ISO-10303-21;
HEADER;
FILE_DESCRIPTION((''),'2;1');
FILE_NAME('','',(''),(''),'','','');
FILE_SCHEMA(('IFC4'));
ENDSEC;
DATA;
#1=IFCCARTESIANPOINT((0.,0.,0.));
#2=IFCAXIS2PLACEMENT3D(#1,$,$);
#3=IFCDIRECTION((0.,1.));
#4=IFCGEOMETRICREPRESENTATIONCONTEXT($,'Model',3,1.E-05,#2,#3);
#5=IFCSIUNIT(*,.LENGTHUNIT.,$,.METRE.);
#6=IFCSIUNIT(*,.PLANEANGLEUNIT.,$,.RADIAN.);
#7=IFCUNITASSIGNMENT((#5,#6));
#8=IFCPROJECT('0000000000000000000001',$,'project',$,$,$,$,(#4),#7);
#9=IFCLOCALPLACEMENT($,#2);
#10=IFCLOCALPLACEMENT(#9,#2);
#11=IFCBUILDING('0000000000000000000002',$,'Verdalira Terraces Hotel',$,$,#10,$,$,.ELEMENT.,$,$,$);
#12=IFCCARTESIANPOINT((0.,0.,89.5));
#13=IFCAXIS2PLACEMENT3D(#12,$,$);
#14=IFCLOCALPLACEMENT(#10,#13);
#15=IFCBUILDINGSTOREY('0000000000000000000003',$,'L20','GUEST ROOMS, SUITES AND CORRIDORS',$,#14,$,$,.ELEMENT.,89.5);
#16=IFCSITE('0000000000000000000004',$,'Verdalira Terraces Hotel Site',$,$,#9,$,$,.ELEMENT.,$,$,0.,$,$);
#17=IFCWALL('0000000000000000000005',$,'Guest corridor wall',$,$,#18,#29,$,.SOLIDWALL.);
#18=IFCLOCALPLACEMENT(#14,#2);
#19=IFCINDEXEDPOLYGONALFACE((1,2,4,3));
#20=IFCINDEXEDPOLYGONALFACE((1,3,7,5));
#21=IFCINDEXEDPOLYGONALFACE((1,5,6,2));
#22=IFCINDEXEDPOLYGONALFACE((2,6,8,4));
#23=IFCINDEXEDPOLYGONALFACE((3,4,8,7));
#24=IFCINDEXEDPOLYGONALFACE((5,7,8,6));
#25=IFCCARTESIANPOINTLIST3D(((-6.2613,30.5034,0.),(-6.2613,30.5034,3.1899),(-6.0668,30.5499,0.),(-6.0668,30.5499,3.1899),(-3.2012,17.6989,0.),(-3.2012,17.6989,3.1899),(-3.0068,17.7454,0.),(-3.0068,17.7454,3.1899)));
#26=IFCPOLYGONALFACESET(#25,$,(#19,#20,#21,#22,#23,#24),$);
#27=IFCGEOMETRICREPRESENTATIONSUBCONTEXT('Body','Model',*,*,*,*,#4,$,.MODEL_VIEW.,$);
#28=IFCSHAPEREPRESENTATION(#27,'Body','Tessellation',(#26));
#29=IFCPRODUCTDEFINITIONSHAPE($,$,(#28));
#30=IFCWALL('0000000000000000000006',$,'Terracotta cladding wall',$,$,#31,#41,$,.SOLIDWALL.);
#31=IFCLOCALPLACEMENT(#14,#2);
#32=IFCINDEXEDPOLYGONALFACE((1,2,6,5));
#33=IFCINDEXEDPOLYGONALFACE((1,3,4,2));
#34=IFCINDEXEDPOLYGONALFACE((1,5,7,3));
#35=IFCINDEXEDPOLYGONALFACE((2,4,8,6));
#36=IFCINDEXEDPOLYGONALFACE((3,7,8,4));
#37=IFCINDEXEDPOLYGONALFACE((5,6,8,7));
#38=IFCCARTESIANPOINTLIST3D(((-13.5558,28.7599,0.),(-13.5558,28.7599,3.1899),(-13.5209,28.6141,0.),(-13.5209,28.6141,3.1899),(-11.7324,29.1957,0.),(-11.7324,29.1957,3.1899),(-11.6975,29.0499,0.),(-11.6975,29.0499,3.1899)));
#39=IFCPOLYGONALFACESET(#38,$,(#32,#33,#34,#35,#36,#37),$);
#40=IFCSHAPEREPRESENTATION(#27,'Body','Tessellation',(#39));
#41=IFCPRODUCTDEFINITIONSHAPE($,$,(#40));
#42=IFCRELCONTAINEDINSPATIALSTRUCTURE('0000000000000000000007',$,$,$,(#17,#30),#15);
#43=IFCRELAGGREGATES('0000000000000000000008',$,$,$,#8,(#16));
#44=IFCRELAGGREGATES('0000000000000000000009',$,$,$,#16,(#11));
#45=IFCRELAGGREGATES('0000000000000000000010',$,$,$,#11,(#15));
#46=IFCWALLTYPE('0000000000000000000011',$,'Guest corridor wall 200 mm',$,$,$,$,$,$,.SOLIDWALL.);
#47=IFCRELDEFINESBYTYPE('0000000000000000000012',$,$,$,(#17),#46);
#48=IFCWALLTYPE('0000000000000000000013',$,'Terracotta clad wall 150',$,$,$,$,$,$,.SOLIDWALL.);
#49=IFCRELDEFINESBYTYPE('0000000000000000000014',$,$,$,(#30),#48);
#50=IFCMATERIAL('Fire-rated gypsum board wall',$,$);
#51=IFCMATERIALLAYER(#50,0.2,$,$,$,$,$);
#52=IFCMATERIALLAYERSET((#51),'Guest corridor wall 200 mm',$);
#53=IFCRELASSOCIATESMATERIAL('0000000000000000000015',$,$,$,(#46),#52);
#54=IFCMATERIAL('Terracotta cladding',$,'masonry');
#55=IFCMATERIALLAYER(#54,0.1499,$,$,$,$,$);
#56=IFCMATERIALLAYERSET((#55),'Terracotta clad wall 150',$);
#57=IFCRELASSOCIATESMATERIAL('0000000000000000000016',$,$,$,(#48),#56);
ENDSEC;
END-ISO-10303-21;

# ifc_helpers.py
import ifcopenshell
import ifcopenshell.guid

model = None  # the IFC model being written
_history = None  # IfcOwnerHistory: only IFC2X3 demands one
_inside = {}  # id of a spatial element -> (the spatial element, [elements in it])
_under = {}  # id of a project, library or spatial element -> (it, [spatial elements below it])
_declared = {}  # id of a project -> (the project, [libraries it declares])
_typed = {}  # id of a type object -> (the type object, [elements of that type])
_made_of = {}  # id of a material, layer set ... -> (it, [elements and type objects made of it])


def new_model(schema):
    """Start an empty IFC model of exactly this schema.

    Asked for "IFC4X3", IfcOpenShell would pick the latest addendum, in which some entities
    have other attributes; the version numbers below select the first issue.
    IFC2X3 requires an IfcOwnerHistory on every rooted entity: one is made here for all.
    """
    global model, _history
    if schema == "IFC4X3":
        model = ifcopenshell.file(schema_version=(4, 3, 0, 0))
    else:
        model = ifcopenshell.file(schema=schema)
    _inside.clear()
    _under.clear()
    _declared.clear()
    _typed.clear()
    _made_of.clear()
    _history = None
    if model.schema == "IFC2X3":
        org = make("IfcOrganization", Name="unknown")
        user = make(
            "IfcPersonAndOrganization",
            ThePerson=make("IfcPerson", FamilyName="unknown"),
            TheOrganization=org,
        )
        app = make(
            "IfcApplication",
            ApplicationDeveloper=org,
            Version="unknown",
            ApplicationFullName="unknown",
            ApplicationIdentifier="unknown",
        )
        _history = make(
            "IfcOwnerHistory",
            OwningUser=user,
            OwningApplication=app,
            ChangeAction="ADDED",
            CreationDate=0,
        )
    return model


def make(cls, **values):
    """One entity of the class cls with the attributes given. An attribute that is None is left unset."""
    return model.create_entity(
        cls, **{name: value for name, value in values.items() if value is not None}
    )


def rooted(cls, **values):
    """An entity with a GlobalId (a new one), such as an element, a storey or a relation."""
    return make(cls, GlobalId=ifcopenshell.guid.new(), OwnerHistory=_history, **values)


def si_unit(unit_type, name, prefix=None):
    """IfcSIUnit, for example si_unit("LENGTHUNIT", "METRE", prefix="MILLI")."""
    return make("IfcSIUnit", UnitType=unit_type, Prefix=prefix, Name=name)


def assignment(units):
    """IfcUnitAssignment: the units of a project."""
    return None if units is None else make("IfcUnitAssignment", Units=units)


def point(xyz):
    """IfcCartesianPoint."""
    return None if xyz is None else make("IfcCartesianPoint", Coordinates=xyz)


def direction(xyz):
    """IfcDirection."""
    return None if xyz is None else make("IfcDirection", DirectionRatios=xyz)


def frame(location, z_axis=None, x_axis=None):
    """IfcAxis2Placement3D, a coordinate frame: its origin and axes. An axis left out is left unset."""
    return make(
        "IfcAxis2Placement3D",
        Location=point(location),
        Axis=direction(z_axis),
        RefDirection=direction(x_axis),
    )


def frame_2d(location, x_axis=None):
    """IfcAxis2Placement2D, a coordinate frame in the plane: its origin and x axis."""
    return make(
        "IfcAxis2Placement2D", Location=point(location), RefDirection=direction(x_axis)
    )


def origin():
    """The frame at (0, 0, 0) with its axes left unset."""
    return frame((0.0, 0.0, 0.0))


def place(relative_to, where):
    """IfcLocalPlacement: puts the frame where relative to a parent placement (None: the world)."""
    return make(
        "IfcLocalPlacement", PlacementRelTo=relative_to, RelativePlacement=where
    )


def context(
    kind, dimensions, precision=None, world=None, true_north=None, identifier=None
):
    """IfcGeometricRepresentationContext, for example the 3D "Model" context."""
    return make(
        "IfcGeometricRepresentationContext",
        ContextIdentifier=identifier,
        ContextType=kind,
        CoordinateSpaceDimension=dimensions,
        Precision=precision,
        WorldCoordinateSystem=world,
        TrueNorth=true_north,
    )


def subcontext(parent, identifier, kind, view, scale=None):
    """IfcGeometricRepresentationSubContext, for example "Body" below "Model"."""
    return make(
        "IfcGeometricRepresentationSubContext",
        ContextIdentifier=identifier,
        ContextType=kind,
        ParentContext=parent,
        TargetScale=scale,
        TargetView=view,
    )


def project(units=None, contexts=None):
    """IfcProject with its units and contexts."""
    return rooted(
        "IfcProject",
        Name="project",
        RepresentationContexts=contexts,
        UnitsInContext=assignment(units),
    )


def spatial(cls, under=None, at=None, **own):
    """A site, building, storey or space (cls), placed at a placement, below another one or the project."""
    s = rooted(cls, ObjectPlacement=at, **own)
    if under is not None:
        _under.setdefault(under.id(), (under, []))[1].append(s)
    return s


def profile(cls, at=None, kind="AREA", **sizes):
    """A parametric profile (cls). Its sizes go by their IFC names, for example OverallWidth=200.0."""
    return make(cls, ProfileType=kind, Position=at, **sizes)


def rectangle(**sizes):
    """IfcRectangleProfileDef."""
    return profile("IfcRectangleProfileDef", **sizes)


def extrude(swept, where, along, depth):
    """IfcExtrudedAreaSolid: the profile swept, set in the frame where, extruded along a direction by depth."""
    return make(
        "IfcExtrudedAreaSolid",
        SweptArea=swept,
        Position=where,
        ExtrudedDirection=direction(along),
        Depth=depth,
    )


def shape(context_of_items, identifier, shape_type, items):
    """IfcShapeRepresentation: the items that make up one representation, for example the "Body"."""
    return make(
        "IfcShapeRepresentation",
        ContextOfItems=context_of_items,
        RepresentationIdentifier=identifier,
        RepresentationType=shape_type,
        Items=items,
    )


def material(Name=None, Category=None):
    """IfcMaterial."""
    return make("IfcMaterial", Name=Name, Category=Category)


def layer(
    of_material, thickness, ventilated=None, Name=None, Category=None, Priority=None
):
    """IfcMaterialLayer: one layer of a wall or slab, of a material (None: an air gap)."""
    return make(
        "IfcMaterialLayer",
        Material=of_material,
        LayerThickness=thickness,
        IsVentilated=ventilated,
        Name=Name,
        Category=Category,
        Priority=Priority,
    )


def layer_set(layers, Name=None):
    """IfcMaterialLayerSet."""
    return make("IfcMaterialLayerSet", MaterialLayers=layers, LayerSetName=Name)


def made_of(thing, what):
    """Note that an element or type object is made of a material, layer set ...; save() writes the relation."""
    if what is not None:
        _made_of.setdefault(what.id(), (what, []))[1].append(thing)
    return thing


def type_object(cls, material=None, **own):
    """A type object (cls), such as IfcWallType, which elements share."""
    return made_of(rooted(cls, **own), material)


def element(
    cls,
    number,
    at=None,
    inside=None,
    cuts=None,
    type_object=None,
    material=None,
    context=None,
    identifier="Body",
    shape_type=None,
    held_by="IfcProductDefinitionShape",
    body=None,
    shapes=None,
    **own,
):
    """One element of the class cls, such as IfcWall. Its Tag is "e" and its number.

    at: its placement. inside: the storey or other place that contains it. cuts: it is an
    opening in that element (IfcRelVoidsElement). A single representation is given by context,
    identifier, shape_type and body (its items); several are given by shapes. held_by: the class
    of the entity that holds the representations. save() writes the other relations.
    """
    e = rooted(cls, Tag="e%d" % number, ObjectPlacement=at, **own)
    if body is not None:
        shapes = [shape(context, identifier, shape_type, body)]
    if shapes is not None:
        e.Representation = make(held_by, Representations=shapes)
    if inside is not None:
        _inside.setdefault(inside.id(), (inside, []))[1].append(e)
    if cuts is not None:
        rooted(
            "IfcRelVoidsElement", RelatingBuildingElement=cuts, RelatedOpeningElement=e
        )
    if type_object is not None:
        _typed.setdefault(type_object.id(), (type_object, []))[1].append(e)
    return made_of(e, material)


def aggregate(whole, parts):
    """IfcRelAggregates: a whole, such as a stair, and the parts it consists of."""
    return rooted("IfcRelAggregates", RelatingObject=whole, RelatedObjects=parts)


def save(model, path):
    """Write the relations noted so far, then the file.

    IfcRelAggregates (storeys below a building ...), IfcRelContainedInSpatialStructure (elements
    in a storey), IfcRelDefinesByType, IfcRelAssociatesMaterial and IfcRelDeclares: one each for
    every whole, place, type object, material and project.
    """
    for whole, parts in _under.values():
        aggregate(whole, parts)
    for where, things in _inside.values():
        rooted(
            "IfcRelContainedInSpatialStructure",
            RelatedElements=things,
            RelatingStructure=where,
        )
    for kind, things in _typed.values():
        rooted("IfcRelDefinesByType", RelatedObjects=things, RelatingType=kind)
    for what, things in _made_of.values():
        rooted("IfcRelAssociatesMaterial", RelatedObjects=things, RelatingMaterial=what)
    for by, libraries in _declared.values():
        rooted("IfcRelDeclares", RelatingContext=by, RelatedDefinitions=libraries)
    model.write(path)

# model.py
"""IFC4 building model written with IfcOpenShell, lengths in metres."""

from ifc_helpers import new_model, si_unit, direction, frame, frame_2d, origin, place, context, subcontext, project, spatial, rectangle, extrude, material, layer, layer_set, type_object, element, save


model = new_model("IFC4")

# Units and contexts
model_context = context("Model", 3, precision=1e-05, world=origin(), true_north=direction((0.0, 1.0)))
body_context = subcontext(model_context, "Body", "Model", "MODEL_VIEW")
ifc_project = project(units=[si_unit("LENGTHUNIT", "METRE"), si_unit("PLANEANGLEUNIT", "RADIAN")], contexts=[model_context])

# Site, building, storey
site_placement = place(None, origin())
site = spatial("IfcSite", under=ifc_project, at=site_placement, Name="Verdalira Terraces Hotel Site", CompositionType="ELEMENT", RefElevation=0.0)
building_placement = place(site_placement, origin())
building = spatial("IfcBuilding", under=site, at=building_placement, Name="Verdalira Terraces Hotel", CompositionType="ELEMENT")
storey_placement = place(building_placement, frame((0.0, 0.0, 89.5)))
storey = spatial("IfcBuildingStorey", under=building, at=storey_placement, Name="L20", Description="GUEST ROOMS, SUITES AND CORRIDORS", CompositionType="ELEMENT", Elevation=89.5)

# Walls
ifc_material_1 = material(Name="Fire-rated gypsum board wall")
ifc_layer_1 = layer(ifc_material_1, 0.2)
ifc_layer_set_1 = layer_set([ifc_layer_1], Name="Guest corridor wall 200 mm")
wall_type_1 = type_object("IfcWallType", Name="Guest corridor wall 200 mm", PredefinedType="SOLIDWALL", material=ifc_layer_set_1)
wall_1_placement = place(storey_placement, frame((-3.104, 17.7222, 0.0), z_axis=(0.0, 0.0, 1.0), x_axis=(-0.232439, 0.972611, 0.0)))
element("IfcWall", 1, at=wall_1_placement, inside=storey, type_object=wall_type_1, Name="Guest corridor wall", PredefinedType="SOLIDWALL", context=body_context, shape_type="SweptSolid", body=[
    extrude(rectangle(XDim=13.165, YDim=0.2, at=frame_2d((6.5825, 0.0))), origin(), (0.0, 0.0, 1.0), 3.1899),
])
ifc_material_2 = material(Name="Terracotta cladding", Category="masonry")
ifc_layer_2 = layer(ifc_material_2, 0.1499)
ifc_layer_set_2 = layer_set([ifc_layer_2], Name="Terracotta clad wall 150")
wall_type_2 = type_object("IfcWallType", Name="Terracotta clad wall 150", PredefinedType="SOLIDWALL", material=ifc_layer_set_2)
wall_2_placement = place(storey_placement, frame((-11.7148, 29.1228, 0.0), z_axis=(0.0, 0.0, 1.0), x_axis=(-0.97261, -0.232442, 0.0)))
element("IfcWall", 2, at=wall_2_placement, inside=storey, type_object=wall_type_2, Name="Terracotta cladding wall", PredefinedType="SOLIDWALL", context=body_context, shape_type="SweptSolid", body=[
    extrude(rectangle(XDim=1.8748, YDim=0.1499, at=frame_2d((0.9375, 0.0))), origin(), (0.0, 0.0, 1.0), 3.1899),
])

save(model, "model.ifc")
